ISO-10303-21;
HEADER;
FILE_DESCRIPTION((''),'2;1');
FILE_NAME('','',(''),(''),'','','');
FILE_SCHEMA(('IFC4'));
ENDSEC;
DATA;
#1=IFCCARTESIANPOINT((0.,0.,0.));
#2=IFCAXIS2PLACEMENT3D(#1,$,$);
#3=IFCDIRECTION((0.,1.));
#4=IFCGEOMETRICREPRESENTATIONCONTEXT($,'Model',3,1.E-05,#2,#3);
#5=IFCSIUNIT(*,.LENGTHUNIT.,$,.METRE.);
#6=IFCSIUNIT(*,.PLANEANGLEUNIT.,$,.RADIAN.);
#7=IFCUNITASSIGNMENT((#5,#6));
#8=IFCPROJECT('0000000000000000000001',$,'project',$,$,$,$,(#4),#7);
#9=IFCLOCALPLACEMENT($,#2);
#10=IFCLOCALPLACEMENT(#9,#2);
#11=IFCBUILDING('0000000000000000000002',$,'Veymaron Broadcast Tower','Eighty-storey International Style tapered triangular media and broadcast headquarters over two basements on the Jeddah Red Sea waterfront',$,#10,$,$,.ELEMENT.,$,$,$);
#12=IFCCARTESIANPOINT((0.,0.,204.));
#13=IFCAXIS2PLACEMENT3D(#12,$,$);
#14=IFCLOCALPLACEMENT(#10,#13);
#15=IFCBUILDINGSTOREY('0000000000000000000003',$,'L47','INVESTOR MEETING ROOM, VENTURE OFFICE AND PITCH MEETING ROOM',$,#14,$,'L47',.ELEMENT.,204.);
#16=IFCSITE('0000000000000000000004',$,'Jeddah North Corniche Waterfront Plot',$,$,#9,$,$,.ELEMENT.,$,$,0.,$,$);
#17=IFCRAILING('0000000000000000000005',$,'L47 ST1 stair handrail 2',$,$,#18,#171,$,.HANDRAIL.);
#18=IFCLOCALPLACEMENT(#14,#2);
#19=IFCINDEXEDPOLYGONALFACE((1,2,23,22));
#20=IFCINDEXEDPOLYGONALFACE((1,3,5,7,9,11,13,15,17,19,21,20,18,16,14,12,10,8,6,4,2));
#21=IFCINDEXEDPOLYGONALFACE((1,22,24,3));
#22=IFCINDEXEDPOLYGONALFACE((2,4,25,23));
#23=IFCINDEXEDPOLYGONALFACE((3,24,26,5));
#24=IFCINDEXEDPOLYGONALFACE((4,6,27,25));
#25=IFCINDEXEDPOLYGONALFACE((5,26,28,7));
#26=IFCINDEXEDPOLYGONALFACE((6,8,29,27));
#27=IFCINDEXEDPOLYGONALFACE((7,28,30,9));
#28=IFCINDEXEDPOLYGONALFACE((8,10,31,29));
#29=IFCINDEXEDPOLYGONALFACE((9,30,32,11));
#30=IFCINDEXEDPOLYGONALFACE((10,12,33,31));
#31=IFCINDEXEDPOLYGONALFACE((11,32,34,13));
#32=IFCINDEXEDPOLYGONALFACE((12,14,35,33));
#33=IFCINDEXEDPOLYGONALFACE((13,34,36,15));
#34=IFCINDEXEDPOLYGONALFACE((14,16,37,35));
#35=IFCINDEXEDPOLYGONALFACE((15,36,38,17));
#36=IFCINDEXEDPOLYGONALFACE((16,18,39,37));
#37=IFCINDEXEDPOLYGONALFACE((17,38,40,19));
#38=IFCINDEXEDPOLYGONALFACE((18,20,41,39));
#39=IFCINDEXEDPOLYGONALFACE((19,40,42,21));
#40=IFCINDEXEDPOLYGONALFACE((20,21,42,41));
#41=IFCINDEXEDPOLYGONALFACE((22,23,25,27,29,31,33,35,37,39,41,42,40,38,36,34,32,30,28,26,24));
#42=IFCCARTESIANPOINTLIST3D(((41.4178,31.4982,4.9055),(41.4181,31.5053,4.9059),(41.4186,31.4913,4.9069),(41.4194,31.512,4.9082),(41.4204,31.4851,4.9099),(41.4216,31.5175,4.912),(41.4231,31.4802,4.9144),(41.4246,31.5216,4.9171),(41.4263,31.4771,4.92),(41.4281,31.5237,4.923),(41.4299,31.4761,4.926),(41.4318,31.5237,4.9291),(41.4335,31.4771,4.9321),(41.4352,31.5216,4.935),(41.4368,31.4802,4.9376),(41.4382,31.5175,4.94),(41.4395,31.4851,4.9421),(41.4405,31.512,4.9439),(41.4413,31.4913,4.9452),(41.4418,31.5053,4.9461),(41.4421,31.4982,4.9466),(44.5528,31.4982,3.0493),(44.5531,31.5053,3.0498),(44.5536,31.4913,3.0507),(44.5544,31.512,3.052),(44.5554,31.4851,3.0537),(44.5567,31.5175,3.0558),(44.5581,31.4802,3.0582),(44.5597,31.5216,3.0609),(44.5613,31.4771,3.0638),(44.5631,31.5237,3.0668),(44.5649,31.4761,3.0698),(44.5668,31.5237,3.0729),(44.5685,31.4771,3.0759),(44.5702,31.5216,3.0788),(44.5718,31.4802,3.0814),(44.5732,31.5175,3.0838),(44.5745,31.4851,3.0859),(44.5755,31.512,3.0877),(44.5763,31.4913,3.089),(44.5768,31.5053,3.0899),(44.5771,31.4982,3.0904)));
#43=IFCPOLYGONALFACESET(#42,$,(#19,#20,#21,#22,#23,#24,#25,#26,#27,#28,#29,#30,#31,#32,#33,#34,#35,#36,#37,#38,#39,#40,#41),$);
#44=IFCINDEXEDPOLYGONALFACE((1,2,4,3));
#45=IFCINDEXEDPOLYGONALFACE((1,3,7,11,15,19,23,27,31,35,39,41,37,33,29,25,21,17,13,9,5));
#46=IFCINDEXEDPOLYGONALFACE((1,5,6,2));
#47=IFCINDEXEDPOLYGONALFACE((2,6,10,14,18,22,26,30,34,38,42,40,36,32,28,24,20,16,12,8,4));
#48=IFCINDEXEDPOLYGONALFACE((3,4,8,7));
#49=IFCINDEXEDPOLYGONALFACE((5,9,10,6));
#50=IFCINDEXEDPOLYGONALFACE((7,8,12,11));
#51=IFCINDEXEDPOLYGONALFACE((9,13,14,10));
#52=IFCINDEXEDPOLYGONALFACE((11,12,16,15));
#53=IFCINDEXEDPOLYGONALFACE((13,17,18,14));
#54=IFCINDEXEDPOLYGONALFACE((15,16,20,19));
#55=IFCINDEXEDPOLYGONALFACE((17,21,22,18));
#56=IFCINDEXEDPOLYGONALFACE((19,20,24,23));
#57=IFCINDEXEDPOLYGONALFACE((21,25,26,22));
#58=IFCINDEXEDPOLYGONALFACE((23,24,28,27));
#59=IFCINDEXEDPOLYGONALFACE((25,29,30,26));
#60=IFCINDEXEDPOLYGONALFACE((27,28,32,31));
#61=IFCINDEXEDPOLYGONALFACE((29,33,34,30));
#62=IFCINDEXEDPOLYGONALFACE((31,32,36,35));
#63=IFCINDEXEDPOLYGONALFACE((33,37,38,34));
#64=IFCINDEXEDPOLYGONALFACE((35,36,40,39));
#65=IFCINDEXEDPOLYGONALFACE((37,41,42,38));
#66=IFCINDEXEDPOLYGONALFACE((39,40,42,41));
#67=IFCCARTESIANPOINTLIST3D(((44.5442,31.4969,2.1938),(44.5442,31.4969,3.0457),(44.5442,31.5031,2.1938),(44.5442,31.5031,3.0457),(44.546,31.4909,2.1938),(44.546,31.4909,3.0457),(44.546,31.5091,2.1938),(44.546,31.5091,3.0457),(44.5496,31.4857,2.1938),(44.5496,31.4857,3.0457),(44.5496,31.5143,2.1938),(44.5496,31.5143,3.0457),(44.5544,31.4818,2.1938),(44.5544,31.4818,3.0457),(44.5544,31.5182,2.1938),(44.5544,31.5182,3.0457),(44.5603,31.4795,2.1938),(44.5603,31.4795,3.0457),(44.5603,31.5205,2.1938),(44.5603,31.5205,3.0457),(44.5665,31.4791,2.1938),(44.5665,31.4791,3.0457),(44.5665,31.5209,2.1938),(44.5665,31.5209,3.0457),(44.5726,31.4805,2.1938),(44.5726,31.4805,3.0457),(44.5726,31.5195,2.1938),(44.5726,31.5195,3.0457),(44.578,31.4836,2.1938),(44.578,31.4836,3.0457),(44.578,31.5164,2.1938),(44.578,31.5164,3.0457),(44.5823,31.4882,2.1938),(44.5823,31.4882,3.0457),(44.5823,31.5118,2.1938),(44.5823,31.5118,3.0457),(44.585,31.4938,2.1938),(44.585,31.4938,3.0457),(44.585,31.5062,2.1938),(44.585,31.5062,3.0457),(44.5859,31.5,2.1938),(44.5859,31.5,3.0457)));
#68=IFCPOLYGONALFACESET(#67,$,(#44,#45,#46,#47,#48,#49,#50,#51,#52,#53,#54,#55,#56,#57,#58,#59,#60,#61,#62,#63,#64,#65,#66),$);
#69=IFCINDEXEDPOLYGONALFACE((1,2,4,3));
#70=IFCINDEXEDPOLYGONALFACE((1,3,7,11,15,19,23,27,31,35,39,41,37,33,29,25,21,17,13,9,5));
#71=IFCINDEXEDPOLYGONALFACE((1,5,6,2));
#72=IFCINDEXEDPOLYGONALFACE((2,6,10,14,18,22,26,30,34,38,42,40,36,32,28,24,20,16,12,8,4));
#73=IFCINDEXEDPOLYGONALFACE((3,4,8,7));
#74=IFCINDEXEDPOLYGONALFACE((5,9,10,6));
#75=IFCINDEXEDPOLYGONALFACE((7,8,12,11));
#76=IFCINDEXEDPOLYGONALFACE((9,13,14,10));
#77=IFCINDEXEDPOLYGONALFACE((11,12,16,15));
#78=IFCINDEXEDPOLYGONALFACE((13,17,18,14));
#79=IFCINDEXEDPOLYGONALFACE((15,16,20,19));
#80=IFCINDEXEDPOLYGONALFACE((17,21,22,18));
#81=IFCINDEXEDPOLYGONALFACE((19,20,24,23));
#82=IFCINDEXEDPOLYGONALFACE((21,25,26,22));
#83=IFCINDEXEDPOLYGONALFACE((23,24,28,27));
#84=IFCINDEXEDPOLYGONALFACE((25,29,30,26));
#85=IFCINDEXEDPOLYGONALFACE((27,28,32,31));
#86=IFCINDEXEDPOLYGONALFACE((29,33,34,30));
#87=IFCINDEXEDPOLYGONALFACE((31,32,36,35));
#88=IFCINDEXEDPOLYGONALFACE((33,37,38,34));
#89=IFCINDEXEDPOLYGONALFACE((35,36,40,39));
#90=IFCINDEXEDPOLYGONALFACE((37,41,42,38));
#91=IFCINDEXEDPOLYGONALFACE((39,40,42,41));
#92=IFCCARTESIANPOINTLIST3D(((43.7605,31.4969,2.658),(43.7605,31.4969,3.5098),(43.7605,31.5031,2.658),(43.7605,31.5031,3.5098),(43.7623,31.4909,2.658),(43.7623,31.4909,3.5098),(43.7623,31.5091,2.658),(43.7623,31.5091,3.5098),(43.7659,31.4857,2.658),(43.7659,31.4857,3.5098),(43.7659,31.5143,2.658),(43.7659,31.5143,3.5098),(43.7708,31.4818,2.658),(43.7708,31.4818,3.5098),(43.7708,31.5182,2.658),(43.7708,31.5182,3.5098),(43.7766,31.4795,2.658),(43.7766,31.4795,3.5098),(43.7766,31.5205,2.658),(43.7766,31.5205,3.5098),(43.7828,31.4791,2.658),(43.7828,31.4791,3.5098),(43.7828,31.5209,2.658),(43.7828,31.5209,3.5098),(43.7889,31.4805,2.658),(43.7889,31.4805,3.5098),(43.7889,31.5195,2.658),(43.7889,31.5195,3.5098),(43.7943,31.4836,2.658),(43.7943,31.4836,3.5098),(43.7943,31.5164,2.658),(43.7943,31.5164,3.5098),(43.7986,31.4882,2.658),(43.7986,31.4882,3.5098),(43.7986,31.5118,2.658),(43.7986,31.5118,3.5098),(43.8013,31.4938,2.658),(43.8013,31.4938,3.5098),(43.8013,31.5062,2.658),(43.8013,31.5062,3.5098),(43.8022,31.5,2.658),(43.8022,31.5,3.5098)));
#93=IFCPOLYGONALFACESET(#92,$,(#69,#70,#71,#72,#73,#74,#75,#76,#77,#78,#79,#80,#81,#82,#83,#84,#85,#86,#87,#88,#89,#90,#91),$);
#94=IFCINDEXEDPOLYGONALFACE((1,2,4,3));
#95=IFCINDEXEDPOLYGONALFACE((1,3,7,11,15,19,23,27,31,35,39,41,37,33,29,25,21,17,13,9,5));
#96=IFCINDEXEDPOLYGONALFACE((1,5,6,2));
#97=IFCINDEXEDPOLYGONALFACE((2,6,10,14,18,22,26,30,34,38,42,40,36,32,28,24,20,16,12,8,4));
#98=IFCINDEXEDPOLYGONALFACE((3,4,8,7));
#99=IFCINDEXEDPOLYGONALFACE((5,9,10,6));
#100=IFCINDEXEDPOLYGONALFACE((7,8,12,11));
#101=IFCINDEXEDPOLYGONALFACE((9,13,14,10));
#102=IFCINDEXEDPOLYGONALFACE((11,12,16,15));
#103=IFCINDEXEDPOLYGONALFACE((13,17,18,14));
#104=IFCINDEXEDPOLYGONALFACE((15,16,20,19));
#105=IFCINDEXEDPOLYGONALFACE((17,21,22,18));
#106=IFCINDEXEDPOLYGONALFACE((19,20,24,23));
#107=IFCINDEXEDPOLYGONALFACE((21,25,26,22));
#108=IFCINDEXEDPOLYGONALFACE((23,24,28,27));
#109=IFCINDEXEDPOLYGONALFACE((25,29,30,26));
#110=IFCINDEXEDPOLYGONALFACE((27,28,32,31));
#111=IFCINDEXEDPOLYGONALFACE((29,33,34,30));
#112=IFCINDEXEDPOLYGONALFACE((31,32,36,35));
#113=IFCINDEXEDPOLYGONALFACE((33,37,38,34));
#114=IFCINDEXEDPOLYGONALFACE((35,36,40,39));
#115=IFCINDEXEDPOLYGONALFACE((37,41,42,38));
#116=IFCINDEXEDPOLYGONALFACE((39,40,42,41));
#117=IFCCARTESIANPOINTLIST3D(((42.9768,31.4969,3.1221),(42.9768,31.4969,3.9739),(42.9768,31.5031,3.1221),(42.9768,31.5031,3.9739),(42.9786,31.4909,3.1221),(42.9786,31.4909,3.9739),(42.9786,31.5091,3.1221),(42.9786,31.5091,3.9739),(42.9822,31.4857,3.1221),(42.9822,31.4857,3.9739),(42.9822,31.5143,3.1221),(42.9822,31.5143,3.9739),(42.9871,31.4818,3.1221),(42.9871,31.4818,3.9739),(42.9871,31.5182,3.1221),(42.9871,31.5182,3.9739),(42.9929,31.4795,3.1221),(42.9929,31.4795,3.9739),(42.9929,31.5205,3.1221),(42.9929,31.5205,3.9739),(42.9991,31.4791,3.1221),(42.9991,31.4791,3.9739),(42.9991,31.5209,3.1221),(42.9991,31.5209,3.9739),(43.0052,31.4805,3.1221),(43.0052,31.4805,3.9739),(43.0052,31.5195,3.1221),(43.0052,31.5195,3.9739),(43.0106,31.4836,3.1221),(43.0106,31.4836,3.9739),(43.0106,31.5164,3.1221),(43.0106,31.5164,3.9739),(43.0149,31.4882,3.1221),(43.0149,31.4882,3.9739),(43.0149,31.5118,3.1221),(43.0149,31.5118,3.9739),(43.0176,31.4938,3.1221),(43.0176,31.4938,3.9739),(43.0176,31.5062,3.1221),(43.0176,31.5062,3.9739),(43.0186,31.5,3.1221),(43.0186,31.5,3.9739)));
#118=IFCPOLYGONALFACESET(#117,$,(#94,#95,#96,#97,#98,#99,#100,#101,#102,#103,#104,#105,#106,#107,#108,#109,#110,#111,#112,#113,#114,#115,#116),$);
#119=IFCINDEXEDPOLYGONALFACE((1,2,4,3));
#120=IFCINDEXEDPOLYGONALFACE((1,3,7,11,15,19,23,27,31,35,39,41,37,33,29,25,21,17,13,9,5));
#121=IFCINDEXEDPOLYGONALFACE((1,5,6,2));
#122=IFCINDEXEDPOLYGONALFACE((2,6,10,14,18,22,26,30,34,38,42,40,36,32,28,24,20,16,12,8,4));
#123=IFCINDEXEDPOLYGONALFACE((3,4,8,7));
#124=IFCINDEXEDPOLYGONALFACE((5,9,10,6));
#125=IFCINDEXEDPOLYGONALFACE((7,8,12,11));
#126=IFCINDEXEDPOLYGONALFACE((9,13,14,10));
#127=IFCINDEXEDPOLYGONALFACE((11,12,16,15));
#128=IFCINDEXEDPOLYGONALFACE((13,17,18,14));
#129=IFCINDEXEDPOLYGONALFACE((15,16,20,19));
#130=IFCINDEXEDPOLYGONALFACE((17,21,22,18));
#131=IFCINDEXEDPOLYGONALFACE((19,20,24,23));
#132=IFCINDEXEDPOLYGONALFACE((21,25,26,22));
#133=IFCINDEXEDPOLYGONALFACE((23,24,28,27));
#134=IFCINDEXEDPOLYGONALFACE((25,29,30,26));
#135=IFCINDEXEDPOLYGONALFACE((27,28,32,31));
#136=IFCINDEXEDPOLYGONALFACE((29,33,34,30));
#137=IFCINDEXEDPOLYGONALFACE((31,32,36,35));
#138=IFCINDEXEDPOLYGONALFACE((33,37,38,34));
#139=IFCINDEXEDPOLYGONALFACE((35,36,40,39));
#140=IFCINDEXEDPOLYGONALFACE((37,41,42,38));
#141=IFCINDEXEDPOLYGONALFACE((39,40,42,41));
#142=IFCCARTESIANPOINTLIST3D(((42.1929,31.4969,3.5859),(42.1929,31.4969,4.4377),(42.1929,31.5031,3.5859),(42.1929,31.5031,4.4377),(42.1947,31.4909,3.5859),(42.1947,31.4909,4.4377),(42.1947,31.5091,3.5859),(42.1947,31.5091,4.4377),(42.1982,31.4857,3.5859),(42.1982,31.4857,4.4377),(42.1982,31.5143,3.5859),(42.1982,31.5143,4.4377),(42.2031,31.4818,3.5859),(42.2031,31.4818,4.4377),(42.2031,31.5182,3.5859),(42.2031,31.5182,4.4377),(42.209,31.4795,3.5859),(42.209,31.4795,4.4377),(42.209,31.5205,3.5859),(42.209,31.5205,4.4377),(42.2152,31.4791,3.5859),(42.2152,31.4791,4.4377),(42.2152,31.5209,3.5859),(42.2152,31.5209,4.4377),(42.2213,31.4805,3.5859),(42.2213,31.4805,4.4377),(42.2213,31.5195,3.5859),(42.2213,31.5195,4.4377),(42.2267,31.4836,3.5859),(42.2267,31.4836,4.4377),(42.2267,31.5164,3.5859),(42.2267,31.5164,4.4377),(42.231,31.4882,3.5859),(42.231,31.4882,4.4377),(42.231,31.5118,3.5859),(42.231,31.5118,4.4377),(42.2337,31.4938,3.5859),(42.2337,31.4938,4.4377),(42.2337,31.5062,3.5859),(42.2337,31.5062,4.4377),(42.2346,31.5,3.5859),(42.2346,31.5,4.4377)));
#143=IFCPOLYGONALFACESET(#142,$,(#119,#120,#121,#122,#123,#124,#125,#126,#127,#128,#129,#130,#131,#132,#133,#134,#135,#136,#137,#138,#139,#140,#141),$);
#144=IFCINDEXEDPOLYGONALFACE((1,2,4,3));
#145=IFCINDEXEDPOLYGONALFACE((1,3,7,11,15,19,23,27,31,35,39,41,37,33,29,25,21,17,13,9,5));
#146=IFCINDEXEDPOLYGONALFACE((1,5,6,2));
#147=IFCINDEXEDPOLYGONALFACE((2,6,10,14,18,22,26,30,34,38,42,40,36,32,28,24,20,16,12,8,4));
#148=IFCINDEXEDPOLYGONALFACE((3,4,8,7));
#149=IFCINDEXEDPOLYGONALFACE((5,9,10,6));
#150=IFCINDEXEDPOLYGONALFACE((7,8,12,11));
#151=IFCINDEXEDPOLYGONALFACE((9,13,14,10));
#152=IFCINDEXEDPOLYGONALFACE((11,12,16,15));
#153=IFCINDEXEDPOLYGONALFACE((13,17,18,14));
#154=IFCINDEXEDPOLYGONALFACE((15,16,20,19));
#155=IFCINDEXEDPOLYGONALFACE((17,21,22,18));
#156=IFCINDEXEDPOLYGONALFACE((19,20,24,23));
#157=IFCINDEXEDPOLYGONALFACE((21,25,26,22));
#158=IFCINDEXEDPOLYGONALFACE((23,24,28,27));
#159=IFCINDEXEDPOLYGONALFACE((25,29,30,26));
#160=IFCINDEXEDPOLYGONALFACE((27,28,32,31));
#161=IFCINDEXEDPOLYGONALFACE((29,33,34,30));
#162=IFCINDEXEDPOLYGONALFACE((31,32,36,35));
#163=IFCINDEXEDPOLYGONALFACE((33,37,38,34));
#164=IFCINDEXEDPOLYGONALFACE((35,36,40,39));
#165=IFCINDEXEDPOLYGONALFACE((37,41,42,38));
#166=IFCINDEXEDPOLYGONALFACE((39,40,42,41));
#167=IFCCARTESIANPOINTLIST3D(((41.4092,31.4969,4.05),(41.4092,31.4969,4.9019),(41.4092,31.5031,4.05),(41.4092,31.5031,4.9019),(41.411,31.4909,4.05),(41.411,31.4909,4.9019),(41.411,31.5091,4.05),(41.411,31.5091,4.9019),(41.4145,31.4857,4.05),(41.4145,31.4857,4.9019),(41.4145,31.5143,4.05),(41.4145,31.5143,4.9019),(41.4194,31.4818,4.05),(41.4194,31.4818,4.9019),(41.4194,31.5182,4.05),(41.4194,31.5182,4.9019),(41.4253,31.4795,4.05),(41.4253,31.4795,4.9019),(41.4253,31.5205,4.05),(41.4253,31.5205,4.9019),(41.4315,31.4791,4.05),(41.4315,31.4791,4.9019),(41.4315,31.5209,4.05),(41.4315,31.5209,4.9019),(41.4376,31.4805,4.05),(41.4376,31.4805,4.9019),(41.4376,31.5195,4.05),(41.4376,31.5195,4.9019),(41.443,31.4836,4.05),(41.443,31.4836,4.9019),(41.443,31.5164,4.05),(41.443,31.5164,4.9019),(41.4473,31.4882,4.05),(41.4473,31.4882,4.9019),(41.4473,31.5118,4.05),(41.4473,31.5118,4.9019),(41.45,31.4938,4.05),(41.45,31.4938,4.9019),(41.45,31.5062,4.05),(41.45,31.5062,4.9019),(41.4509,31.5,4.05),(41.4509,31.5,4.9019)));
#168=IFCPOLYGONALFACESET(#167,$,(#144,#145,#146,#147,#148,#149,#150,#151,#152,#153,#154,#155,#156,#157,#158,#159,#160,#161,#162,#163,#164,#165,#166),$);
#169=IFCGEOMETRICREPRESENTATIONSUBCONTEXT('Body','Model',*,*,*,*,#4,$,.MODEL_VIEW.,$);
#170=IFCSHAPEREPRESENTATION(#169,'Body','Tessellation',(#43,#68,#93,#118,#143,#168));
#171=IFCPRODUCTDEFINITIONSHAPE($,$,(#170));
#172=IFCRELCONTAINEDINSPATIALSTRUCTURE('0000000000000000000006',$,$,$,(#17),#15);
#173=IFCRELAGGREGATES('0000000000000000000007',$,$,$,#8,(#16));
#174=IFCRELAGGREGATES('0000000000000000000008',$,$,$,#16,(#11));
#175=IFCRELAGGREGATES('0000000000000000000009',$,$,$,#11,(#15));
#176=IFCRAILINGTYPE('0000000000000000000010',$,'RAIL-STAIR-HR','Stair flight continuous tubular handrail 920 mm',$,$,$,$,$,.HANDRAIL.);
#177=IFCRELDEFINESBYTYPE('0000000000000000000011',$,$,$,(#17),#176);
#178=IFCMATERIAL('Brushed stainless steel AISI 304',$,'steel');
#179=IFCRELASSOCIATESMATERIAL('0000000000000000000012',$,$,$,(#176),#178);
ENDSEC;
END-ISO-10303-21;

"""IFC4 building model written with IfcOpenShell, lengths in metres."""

from ifc_helpers import new_model, si_unit, direction, frame, origin, origin_2d, place, context, subcontext, project, spatial, circle, extrude, material, type_object, element, save


model = new_model("IFC4")

# Units and contexts
model_context = context("Model", 3, precision=1e-05, world=origin(), true_north=direction((0.0, 1.0)))
body_context = subcontext(model_context, "Body", "Model", "MODEL_VIEW")
ifc_project = project(units=[si_unit("LENGTHUNIT", "METRE"), si_unit("PLANEANGLEUNIT", "RADIAN")], contexts=[model_context])

# Site, building, storey
site_placement = place(None, origin())
site = spatial("IfcSite", under=ifc_project, at=site_placement, Name="Jeddah North Corniche Waterfront Plot", CompositionType="ELEMENT", RefElevation=0.0)
building_placement = place(site_placement, origin())
building = spatial("IfcBuilding", under=site, at=building_placement, Name="Veymaron Broadcast Tower", Description="Eighty-storey International Style tapered triangular media and broadcast headquarters over two basements on the Jeddah Red Sea waterfront", CompositionType="ELEMENT")
storey_placement = place(building_placement, frame((0.0, 0.0, 204.0)))
storey = spatial("IfcBuildingStorey", under=building, at=storey_placement, Name="L47", Description="INVESTOR MEETING ROOM, VENTURE OFFICE AND PITCH MEETING ROOM", LongName="L47", CompositionType="ELEMENT", Elevation=204.0)

# Shared definitions
ifc_material_1 = material(Name="Brushed stainless steel AISI 304", Category="steel")

# Railing
railing_type_1 = type_object("IfcRailingType", Name="RAIL-STAIR-HR", Description="Stair flight continuous tubular handrail 920 mm", PredefinedType="HANDRAIL", material=ifc_material_1)
railing_1_placement = place(storey_placement, frame((44.5649, 31.5, 2.1938)))
element("IfcRailing", 1, at=railing_1_placement, inside=storey, type_object=railing_type_1, Name="L47 ST1 stair handrail 2", PredefinedType="HANDRAIL", context=body_context, shape_type="SweptSolid", body=[
    extrude(circle(Radius=0.0239, at=origin_2d()), frame((0.0, 0.0, 0.876), z_axis=(-0.860482, 0.0, 0.509481), x_axis=(0.0, -1.0, 0.0)), (0.0, 0.0, 1.0), 3.6433),
    extrude(circle(Radius=0.021, at=origin_2d()), origin(), (0.0, 0.0, 1.0), 0.8518),
    extrude(circle(Radius=0.021, at=origin_2d()), frame((-0.7837, 0.0, 0.4641)), (0.0, 0.0, 1.0), 0.8518),
    extrude(circle(Radius=0.021, at=origin_2d()), frame((-1.5674, 0.0, 0.9282)), (0.0, 0.0, 1.0), 0.8518),
    extrude(circle(Radius=0.021, at=origin_2d()), frame((-2.3513, 0.0, 1.3921)), (0.0, 0.0, 1.0), 0.8518),
    extrude(circle(Radius=0.021, at=origin_2d()), frame((-3.135, 0.0, 1.8562)), (0.0, 0.0, 1.0), 0.8518),
])

save(model, "model.ifc")
